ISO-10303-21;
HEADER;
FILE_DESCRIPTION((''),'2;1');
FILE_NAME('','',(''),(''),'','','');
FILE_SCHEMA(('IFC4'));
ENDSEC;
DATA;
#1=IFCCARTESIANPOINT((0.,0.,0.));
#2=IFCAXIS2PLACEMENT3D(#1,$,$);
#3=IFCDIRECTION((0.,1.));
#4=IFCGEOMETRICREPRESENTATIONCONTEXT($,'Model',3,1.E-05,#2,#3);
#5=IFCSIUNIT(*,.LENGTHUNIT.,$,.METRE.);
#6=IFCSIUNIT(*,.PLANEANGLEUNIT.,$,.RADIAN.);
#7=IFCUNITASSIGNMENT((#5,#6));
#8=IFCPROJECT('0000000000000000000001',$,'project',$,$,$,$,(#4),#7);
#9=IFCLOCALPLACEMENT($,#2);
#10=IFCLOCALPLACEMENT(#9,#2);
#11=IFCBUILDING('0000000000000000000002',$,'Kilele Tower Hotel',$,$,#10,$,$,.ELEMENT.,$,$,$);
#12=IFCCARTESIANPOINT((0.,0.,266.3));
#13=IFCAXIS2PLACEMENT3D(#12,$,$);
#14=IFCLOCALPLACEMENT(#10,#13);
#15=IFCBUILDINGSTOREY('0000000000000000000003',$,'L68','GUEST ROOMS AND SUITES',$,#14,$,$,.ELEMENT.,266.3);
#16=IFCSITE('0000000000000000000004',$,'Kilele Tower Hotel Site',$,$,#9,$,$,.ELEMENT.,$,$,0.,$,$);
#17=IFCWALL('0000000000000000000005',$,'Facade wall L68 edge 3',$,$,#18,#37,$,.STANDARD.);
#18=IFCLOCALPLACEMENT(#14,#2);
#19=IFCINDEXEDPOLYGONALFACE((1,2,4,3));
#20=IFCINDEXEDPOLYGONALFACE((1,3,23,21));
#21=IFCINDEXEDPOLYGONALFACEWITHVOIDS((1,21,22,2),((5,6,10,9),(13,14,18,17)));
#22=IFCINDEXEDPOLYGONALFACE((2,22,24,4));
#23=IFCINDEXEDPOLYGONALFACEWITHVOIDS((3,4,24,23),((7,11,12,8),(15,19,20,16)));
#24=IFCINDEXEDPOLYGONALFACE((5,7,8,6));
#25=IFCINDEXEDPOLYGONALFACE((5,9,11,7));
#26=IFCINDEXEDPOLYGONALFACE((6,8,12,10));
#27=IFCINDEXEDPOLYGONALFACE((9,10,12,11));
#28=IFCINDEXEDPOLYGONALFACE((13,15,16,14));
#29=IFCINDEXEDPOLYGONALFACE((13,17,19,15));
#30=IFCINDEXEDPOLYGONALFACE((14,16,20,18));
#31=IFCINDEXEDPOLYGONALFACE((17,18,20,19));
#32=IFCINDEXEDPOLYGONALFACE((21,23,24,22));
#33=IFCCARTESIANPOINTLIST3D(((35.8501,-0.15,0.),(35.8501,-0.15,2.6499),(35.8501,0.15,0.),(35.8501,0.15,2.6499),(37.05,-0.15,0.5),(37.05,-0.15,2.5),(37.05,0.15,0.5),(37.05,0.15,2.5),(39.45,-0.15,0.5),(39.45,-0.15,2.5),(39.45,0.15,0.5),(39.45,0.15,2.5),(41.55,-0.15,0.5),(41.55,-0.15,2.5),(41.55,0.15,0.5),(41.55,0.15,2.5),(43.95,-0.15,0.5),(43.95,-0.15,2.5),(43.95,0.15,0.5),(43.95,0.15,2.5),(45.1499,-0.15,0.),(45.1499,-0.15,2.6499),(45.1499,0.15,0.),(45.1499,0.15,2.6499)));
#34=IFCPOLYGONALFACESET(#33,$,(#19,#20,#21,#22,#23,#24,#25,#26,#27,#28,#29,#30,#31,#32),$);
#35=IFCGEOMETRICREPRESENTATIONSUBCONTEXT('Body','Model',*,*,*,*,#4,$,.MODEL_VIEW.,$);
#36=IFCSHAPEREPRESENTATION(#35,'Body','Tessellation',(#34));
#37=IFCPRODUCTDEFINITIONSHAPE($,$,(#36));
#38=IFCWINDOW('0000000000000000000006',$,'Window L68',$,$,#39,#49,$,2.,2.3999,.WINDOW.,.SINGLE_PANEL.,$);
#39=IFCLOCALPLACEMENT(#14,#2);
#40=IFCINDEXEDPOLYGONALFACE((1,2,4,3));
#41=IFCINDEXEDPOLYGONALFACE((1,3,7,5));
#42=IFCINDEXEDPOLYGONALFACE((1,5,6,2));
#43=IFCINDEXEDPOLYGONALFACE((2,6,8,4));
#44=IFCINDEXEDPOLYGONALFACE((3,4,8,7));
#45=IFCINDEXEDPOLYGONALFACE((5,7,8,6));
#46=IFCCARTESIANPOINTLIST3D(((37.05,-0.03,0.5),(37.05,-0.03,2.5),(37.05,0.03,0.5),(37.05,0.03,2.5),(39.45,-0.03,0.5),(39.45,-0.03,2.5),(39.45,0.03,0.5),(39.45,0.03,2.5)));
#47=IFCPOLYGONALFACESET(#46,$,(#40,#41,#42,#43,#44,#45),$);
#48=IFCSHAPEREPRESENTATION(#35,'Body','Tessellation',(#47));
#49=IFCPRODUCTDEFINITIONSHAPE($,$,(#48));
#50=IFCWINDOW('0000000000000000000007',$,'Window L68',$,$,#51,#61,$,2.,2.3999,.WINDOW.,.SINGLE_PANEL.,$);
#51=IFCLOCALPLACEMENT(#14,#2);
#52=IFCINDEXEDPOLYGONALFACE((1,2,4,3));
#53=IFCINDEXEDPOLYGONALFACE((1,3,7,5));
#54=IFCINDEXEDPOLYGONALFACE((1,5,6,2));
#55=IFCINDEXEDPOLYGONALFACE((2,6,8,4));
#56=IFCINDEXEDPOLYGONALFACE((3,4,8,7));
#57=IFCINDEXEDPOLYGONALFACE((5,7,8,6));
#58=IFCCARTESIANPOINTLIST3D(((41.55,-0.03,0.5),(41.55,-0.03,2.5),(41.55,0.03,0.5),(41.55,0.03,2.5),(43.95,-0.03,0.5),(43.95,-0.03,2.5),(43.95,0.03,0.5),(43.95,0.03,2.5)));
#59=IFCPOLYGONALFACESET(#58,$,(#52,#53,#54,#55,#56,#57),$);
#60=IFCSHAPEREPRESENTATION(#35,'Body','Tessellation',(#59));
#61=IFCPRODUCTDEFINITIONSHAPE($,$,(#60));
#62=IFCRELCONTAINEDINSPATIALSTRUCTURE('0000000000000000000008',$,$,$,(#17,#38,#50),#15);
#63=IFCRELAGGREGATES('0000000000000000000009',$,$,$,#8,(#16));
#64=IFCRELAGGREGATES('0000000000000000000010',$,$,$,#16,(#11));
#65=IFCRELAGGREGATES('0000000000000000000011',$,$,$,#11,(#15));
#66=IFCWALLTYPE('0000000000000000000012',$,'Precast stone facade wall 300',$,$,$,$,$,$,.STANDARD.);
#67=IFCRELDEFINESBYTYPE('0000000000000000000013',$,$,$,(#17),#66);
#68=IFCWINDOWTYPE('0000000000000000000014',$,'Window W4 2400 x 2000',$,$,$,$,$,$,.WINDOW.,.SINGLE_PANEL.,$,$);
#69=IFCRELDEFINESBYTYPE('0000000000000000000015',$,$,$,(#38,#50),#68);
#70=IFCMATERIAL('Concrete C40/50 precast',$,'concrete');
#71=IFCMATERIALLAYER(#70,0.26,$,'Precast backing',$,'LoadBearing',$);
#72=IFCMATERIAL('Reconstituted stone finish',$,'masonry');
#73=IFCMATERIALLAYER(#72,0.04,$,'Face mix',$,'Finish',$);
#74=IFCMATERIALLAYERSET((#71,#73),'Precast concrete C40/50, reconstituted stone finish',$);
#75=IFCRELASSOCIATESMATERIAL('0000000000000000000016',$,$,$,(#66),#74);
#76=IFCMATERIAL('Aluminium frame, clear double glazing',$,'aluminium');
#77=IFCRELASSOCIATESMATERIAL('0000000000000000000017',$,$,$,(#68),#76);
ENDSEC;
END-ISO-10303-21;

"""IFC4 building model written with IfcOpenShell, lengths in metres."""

from ifc_helpers import new_model, si_unit, direction, frame, frame_2d, origin, place, context, subcontext, project, spatial, rectangle, extrude, material, layer, layer_set, type_object, element, fill, save


model = new_model("IFC4")

# Units and contexts
model_context = context("Model", 3, precision=1e-05, world=origin(), true_north=direction((0.0, 1.0)))
body_context = subcontext(model_context, "Body", "Model", "MODEL_VIEW")
ifc_project = project(units=[si_unit("LENGTHUNIT", "METRE"), si_unit("PLANEANGLEUNIT", "RADIAN")], contexts=[model_context])

# Site, building, storey
site_placement = place(None, origin())
site = spatial("IfcSite", under=ifc_project, at=site_placement, Name="Kilele Tower Hotel Site", CompositionType="ELEMENT", RefElevation=0.0)
building_placement = place(site_placement, origin())
building = spatial("IfcBuilding", under=site, at=building_placement, Name="Kilele Tower Hotel", CompositionType="ELEMENT")
storey_placement = place(building_placement, frame((0.0, 0.0, 266.3)))
storey = spatial("IfcBuildingStorey", under=building, at=storey_placement, Name="L68", Description="GUEST ROOMS AND SUITES", CompositionType="ELEMENT", Elevation=266.3)

# Wall, openings, windows
ifc_material_1 = material(Name="Concrete C40/50 precast", Category="concrete")
ifc_layer_1 = layer(ifc_material_1, 0.26, Name="Precast backing", Category="LoadBearing")
ifc_material_2 = material(Name="Reconstituted stone finish", Category="masonry")
ifc_layer_2 = layer(ifc_material_2, 0.04, Name="Face mix", Category="Finish")
ifc_layer_set_1 = layer_set([ifc_layer_1, ifc_layer_2], Name="Precast concrete C40/50, reconstituted stone finish")
wall_type_1 = type_object("IfcWallType", Name="Precast stone facade wall 300", PredefinedType="STANDARD", material=ifc_layer_set_1)
wall_1_placement = place(storey_placement, frame((35.8501, 0.0, 0.0), z_axis=(0.0, 0.0, 1.0), x_axis=(1.0, 0.0, 0.0)))
wall_1 = element("IfcWall", 1, at=wall_1_placement, inside=storey, type_object=wall_type_1, Name="Facade wall L68 edge 3", PredefinedType="STANDARD", context=body_context, shape_type="SweptSolid", body=[
    extrude(rectangle(XDim=9.2998, YDim=0.3, at=frame_2d((4.6499, 0.0))), origin(), (0.0, 0.0, 1.0), 2.6499),
])
opening_1_placement = place(wall_1_placement, frame((1.2, 0.0, 0.5)))
opening_1 = element("IfcOpeningElement", 2, at=opening_1_placement, cuts=wall_1, PredefinedType="OPENING", context=body_context, shape_type="SweptSolid", body=[
    extrude(rectangle(XDim=2.3999, YDim=2.0, at=frame_2d((1.2, 1.0))), frame((0.0, 0.1599, 0.0), z_axis=(0.0, -1.0, 0.0), x_axis=(1.0, 0.0, 0.0)), (0.0, 0.0, 1.0), 0.3201),
])
opening_2_placement = place(wall_1_placement, frame((5.7, 0.0, 0.5)))
opening_2 = element("IfcOpeningElement", 3, at=opening_2_placement, cuts=wall_1, PredefinedType="OPENING", context=body_context, shape_type="SweptSolid", body=[
    extrude(rectangle(XDim=2.3999, YDim=2.0, at=frame_2d((1.2, 1.0))), frame((0.0, 0.1599, 0.0), z_axis=(0.0, -1.0, 0.0), x_axis=(1.0, 0.0, 0.0)), (0.0, 0.0, 1.0), 0.3201),
])
ifc_material_3 = material(Name="Aluminium frame, clear double glazing", Category="aluminium")
window_type = type_object("IfcWindowType", Name="Window W4 2400 x 2000", PartitioningType="SINGLE_PANEL", PredefinedType="WINDOW", material=ifc_material_3)
window_1_placement = place(opening_1_placement, origin())
window_1 = element("IfcWindow", 4, at=window_1_placement, inside=storey, type_object=window_type, Name="Window L68", OverallHeight=2.0, OverallWidth=2.3999, PartitioningType="SINGLE_PANEL", PredefinedType="WINDOW", context=body_context, shape_type="SweptSolid", body=[
    extrude(rectangle(XDim=2.3999, YDim=2.0, at=frame_2d((1.2, 1.0))), frame((0.0, 0.03, 0.0), z_axis=(0.0, -1.0, 0.0), x_axis=(1.0, 0.0, 0.0)), (0.0, 0.0, 1.0), 0.0601),
])
fill(opening_1, window_1)
window_2_placement = place(opening_2_placement, origin())
window_2 = element("IfcWindow", 5, at=window_2_placement, inside=storey, type_object=window_type, Name="Window L68", OverallHeight=2.0, OverallWidth=2.3999, PartitioningType="SINGLE_PANEL", PredefinedType="WINDOW", context=body_context, shape_type="SweptSolid", body=[
    extrude(rectangle(XDim=2.3999, YDim=2.0, at=frame_2d((1.2, 1.0))), frame((0.0, 0.03, 0.0), z_axis=(0.0, -1.0, 0.0), x_axis=(1.0, 0.0, 0.0)), (0.0, 0.0, 1.0), 0.0601),
])
fill(opening_2, window_2)

save(model, "model.ifc")
